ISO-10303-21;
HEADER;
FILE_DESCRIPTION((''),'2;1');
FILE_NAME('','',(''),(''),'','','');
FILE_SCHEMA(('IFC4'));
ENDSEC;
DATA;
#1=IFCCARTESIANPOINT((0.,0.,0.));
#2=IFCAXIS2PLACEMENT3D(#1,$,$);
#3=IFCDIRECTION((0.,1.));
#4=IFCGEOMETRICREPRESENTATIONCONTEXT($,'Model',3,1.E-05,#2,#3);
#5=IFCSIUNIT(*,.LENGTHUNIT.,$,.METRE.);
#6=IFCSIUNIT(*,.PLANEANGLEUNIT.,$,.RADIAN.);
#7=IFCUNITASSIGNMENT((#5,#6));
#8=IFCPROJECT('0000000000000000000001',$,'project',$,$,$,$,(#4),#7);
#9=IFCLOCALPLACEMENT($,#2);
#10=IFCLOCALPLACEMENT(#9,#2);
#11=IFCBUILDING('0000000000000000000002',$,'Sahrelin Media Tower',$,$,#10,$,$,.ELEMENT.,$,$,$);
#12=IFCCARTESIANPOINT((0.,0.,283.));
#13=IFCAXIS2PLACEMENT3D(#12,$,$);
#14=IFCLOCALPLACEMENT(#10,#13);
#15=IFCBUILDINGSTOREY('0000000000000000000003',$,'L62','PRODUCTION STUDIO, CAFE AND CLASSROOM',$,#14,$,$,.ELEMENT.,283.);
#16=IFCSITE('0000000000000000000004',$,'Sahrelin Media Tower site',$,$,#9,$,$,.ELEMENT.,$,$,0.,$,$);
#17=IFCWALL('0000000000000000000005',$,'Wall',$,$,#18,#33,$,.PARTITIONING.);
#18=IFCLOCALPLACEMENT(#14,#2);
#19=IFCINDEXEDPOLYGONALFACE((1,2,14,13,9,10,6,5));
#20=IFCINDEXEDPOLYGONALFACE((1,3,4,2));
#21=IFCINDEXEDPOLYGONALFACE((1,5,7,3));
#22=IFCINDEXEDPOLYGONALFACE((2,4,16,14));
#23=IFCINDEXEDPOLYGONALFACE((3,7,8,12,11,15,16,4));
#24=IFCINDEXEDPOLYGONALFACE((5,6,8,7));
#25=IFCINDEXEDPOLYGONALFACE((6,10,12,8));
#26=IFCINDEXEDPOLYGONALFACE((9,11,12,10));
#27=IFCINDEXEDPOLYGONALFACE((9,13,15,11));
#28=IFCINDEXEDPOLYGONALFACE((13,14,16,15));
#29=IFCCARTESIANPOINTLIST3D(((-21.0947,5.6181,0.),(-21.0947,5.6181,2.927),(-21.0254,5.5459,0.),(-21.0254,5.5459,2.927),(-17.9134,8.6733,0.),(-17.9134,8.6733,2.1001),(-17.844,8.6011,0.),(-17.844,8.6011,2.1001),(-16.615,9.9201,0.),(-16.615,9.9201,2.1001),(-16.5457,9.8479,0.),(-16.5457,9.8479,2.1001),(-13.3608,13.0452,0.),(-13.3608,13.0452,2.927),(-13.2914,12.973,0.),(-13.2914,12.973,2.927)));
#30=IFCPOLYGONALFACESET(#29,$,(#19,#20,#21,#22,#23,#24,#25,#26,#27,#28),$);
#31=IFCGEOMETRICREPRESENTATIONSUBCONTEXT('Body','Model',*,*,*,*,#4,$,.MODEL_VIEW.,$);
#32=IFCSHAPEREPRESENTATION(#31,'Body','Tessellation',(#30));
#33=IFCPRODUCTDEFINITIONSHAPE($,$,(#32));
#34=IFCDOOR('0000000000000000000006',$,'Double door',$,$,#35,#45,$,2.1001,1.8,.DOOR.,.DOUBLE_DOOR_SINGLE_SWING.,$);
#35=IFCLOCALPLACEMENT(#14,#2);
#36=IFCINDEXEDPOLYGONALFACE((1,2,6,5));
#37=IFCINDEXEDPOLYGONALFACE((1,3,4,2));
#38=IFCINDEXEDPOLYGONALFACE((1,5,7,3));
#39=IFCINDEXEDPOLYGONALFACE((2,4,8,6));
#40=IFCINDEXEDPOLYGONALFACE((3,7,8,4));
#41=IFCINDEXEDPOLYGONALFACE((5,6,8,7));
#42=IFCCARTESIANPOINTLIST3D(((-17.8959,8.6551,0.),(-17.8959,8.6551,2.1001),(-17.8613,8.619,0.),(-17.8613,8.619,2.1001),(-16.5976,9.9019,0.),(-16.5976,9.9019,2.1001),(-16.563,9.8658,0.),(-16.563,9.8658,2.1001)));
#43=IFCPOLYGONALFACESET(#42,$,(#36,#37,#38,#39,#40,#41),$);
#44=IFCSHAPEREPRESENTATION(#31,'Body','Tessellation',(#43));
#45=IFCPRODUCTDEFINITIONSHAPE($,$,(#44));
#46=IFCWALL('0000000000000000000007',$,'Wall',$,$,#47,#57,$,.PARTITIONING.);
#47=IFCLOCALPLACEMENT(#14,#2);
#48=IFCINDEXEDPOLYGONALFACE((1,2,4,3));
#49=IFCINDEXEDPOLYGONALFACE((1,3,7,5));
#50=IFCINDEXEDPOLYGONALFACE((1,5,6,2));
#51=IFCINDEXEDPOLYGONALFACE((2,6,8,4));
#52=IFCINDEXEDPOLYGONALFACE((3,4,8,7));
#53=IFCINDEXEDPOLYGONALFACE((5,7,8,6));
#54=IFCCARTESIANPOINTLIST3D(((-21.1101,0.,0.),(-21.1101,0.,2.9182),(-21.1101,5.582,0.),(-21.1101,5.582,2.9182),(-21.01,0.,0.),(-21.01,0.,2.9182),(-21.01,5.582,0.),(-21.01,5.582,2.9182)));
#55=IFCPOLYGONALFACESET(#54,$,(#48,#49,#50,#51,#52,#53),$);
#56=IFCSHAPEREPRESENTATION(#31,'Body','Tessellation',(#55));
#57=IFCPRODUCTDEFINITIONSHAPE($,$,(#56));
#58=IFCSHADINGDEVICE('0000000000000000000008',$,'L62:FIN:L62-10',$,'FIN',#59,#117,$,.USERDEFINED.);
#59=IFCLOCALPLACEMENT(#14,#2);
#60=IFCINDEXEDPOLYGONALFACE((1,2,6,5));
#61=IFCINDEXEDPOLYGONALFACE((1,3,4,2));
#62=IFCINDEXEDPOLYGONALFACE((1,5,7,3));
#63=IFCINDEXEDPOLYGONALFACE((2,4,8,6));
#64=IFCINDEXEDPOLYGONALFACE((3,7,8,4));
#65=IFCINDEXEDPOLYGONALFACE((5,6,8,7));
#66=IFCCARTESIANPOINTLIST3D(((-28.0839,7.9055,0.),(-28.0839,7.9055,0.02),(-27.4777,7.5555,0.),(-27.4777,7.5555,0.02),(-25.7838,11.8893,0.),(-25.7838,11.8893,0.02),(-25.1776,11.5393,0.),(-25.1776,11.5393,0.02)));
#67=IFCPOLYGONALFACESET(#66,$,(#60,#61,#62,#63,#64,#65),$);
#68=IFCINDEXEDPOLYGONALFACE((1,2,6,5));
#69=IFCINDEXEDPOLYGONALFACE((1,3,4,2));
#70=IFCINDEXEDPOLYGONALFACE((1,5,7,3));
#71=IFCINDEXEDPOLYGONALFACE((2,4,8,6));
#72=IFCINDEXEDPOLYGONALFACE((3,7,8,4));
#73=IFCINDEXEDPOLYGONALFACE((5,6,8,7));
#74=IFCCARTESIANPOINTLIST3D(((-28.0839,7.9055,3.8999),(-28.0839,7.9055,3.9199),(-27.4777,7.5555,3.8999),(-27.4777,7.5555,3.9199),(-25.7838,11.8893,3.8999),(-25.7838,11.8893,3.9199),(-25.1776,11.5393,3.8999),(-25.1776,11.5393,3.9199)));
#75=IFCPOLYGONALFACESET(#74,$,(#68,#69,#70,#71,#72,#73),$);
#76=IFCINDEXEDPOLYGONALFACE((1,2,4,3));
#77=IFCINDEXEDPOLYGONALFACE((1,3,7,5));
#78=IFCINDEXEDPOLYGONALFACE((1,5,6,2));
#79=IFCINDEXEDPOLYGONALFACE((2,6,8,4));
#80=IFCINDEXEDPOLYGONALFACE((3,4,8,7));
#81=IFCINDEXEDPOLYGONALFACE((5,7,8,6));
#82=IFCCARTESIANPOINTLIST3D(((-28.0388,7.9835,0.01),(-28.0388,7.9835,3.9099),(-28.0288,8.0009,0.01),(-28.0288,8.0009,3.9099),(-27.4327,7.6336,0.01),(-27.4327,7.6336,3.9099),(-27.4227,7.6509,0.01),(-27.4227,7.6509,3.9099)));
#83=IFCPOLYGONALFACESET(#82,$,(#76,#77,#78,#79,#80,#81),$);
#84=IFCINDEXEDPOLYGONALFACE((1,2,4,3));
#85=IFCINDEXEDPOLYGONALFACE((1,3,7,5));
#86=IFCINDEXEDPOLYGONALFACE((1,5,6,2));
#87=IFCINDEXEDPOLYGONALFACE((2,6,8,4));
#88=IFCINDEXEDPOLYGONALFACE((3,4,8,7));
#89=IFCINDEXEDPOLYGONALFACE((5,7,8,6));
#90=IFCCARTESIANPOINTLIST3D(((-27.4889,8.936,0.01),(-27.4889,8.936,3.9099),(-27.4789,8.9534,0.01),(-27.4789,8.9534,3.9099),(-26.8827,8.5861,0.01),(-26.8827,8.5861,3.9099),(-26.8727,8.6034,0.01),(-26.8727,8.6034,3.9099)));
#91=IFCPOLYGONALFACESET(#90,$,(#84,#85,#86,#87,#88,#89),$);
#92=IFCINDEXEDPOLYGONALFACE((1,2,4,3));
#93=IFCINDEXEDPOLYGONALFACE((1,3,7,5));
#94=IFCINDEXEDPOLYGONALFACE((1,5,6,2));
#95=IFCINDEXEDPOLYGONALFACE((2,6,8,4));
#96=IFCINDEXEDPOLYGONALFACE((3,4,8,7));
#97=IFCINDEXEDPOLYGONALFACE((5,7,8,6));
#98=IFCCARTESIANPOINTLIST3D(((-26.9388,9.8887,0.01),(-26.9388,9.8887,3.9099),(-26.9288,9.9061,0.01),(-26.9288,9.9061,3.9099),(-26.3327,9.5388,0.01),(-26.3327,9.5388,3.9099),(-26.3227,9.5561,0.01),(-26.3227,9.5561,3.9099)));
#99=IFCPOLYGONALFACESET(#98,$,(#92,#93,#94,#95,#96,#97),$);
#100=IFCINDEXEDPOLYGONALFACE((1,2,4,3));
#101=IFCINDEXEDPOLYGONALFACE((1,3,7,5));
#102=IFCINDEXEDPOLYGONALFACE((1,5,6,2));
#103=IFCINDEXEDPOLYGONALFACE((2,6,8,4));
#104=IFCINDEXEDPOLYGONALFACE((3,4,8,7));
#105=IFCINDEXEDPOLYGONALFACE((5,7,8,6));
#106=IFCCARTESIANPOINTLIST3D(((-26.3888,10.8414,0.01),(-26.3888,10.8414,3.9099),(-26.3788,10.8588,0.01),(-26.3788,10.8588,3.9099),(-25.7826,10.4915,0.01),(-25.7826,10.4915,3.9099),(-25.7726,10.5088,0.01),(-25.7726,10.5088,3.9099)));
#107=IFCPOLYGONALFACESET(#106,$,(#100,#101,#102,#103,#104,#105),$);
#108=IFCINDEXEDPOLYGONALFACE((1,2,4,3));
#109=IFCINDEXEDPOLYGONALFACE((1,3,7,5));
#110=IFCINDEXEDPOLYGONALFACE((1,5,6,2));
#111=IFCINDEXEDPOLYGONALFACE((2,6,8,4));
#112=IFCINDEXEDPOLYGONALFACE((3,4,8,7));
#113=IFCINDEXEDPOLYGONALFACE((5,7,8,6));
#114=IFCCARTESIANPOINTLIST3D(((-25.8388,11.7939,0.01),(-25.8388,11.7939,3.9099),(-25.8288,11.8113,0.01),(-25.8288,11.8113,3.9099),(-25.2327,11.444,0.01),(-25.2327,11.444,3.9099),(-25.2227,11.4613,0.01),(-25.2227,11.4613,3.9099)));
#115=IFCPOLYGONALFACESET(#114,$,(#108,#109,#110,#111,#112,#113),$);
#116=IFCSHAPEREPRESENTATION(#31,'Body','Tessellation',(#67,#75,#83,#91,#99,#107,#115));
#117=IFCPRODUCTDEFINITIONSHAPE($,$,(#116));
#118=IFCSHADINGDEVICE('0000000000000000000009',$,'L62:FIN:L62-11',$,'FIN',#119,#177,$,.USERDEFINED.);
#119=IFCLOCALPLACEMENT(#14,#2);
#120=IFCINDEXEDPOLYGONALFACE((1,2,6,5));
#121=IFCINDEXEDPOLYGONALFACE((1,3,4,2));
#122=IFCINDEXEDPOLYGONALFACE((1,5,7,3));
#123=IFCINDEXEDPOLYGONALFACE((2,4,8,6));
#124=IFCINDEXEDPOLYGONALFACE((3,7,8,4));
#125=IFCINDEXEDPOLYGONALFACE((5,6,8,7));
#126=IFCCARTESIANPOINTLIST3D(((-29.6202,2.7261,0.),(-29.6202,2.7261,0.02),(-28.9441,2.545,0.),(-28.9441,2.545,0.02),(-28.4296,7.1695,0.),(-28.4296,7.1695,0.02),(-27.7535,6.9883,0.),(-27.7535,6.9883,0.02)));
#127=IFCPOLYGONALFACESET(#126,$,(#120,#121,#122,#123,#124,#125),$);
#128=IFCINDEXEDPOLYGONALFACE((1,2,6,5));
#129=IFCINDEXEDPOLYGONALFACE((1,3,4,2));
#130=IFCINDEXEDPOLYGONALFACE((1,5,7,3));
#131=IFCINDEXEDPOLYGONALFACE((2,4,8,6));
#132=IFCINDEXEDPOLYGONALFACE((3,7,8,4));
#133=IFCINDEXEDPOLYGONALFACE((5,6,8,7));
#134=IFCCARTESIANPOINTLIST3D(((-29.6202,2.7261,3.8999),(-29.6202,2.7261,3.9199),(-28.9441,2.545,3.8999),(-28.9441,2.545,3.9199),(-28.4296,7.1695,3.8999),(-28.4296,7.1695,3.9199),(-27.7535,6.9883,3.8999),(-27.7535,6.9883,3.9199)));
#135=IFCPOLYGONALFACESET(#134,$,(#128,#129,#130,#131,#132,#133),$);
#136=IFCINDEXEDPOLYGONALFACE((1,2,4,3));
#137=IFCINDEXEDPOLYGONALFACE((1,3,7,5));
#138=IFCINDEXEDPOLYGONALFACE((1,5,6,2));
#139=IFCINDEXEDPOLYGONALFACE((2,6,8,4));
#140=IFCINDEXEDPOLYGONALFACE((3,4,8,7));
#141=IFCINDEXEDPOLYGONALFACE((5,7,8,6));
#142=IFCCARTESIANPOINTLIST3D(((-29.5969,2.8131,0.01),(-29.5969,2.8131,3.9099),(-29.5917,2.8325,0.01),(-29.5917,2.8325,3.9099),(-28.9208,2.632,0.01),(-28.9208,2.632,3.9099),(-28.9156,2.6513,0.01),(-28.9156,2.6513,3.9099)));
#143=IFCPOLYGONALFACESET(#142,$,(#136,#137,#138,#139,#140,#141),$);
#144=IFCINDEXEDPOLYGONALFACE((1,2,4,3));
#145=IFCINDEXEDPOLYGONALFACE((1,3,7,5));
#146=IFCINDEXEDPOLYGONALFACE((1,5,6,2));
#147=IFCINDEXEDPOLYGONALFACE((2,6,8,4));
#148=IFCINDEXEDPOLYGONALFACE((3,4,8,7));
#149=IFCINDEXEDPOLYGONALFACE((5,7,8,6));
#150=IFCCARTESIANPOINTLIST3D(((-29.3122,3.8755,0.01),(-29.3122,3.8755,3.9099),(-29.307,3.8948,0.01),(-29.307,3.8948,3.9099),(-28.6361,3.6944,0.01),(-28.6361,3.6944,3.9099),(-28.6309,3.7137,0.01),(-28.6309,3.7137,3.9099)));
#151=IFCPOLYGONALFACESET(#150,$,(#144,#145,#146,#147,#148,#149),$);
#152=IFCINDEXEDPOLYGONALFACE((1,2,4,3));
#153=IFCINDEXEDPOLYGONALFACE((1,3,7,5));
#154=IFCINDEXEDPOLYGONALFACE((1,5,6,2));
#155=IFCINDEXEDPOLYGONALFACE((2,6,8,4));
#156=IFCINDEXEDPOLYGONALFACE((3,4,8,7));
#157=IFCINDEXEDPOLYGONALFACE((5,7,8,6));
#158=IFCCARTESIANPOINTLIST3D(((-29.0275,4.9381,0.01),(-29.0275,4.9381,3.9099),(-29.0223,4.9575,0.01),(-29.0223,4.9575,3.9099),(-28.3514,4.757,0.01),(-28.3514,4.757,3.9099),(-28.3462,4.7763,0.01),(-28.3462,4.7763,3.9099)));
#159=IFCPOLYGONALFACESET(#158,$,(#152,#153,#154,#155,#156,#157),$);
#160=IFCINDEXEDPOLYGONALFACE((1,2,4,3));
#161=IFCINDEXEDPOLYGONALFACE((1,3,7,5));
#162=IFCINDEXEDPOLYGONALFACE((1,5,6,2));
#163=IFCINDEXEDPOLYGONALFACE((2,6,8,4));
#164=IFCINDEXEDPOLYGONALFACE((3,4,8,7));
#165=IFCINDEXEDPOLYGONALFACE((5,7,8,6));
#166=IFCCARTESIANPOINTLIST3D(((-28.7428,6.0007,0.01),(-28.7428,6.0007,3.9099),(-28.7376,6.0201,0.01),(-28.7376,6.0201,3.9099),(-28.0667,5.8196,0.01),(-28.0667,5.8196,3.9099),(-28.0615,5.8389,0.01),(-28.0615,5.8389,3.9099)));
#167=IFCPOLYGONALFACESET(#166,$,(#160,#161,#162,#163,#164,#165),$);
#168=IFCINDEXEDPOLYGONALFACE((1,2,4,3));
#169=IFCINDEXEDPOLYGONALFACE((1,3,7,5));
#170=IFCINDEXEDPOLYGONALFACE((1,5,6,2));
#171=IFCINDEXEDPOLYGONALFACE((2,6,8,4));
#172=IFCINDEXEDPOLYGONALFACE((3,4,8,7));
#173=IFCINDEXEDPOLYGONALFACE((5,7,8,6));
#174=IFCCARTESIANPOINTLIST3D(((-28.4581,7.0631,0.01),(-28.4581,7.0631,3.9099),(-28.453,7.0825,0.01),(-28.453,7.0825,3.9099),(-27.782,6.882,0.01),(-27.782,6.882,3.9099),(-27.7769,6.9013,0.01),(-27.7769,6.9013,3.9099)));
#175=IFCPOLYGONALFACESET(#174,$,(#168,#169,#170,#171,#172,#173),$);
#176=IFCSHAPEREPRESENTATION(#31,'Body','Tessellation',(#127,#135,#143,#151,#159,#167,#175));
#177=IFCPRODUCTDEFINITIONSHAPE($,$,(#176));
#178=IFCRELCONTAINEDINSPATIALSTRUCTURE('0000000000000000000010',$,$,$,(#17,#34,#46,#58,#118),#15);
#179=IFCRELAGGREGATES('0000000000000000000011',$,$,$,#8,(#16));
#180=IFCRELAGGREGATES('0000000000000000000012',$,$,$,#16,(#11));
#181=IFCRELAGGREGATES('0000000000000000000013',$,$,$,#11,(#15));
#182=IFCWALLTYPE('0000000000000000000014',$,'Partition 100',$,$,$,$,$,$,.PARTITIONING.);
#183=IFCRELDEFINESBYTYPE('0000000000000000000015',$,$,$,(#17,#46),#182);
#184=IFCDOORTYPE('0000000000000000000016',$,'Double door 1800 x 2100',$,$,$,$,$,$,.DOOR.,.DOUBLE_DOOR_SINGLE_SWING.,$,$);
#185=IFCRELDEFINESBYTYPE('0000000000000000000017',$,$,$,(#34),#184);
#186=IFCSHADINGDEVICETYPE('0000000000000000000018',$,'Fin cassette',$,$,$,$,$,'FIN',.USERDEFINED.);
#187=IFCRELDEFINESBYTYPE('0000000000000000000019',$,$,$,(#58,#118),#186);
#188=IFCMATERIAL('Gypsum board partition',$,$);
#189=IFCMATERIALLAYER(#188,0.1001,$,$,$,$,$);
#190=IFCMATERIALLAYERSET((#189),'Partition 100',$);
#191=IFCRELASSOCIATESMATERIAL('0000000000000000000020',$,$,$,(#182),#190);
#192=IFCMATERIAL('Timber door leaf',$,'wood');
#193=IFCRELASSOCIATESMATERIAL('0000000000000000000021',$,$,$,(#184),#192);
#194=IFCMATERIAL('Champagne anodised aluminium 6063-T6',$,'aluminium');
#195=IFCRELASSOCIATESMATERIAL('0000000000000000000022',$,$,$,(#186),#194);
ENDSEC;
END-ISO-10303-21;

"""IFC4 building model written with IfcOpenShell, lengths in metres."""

from ifc_helpers import new_model, si_unit, direction, frame, frame_2d, origin, origin_2d, place, context, subcontext, project, spatial, rectangle, extrude, material, layer, layer_set, type_object, element, fill, save


model = new_model("IFC4")

# Units and contexts
model_context = context("Model", 3, precision=1e-05, world=origin(), true_north=direction((0.0, 1.0)))
body_context = subcontext(model_context, "Body", "Model", "MODEL_VIEW")
ifc_project = project(units=[si_unit("LENGTHUNIT", "METRE"), si_unit("PLANEANGLEUNIT", "RADIAN")], contexts=[model_context])

# Site, building, storey
site_placement = place(None, origin())
site = spatial("IfcSite", under=ifc_project, at=site_placement, Name="Sahrelin Media Tower site", CompositionType="ELEMENT", RefElevation=0.0)
building_placement = place(site_placement, origin())
building = spatial("IfcBuilding", under=site, at=building_placement, Name="Sahrelin Media Tower", CompositionType="ELEMENT")
storey_placement = place(building_placement, frame((0.0, 0.0, 283.0)))
storey = spatial("IfcBuildingStorey", under=building, at=storey_placement, Name="L62", Description="PRODUCTION STUDIO, CAFE AND CLASSROOM", CompositionType="ELEMENT", Elevation=283.0)

# Shared definitions
ifc_material_1 = material(Name="Champagne anodised aluminium 6063-T6", Category="aluminium")

# Wall, opening, door
ifc_material_2 = material(Name="Gypsum board partition")
ifc_layer_1 = layer(ifc_material_2, 0.1001)
ifc_layer_set_1 = layer_set([ifc_layer_1], Name="Partition 100")
wall_type_1 = type_object("IfcWallType", Name="Partition 100", PredefinedType="PARTITIONING", material=ifc_layer_set_1)
wall_1_placement = place(storey_placement, frame((-21.0601, 5.582, 0.0), z_axis=(0.0, 0.0, 1.0), x_axis=(0.721272, 0.692652, 0.0)))
wall_1 = element("IfcWall", 1, at=wall_1_placement, inside=storey, type_object=wall_type_1, Name="Wall", PredefinedType="PARTITIONING", context=body_context, shape_type="SweptSolid", body=[
    extrude(rectangle(XDim=10.7227, YDim=0.1001, at=frame_2d((5.3613, 0.0))), origin(), (0.0, 0.0, 1.0), 2.927),
])
opening_placement = place(wall_1_placement, frame((4.4109, 0.0, 0.0)))
opening = element("IfcOpeningElement", 2, at=opening_placement, cuts=wall_1, PredefinedType="OPENING", context=body_context, shape_type="SweptSolid", body=[
    extrude(rectangle(XDim=1.8, YDim=2.1001, at=frame_2d((0.8999, 1.05))), frame((0.0, 0.05, 0.0), z_axis=(0.0, -1.0, 0.0), x_axis=(1.0, 0.0, 0.0)), (0.0, 0.0, 1.0), 0.1001),
])
ifc_material_3 = material(Name="Timber door leaf", Category="wood")
door_type = type_object("IfcDoorType", Name="Double door 1800 x 2100", OperationType="DOUBLE_DOOR_SINGLE_SWING", PredefinedType="DOOR", material=ifc_material_3)
door_placement = place(opening_placement, origin())
door = element("IfcDoor", 3, at=door_placement, inside=storey, type_object=door_type, Name="Double door", OperationType="DOUBLE_DOOR_SINGLE_SWING", OverallHeight=2.1001, OverallWidth=1.8, PredefinedType="DOOR", context=body_context, shape_type="SweptSolid", body=[
    extrude(rectangle(XDim=1.8, YDim=2.1001, at=frame_2d((0.8999, 1.05))), frame((0.0, 0.0249, 0.0), z_axis=(0.0, -1.0, 0.0), x_axis=(1.0, 0.0, 0.0)), (0.0, 0.0, 1.0), 0.05),
])
fill(opening, door)

# Wall
wall_2_placement = place(storey_placement, frame((-21.0601, 0.0, 0.0), z_axis=(0.0, 0.0, 1.0), x_axis=(0.0, 1.0, 0.0)))
element("IfcWall", 4, at=wall_2_placement, inside=storey, type_object=wall_type_1, Name="Wall", PredefinedType="PARTITIONING", context=body_context, shape_type="SweptSolid", body=[
    extrude(rectangle(XDim=5.582, YDim=0.1001, at=frame_2d((2.791, 0.0))), origin(), (0.0, 0.0, 1.0), 2.9182),
])

# Shading devices
shading_device_type_1 = type_object("IfcShadingDeviceType", Name="Fin cassette", ElementType="FIN", PredefinedType="USERDEFINED", material=ifc_material_1)
placement_1 = place(storey_placement, frame((-26.2671, 9.5125, 0.0), z_axis=(0.0, 0.0, 1.0), x_axis=(0.500011, 0.866019, 0.0)))
element("IfcShadingDevice", 5, at=placement_1, inside=storey, type_object=shading_device_type_1, Name="L62:FIN:L62-10", ObjectType="FIN", PredefinedType="USERDEFINED", context=body_context, shape_type="SweptSolid", body=[
    extrude(rectangle(XDim=4.6001, YDim=0.7, at=origin_2d()), frame((0.0, 0.4199, 0.0)), (0.0, 0.0, 1.0), 0.02),
    extrude(rectangle(XDim=4.6001, YDim=0.7, at=origin_2d()), frame((0.0, 0.4199, 3.8999)), (0.0, 0.0, 1.0), 0.02),
    extrude(rectangle(XDim=0.02, YDim=0.7, at=origin_2d()), frame((-2.2, 0.4199, 0.01), z_axis=(0.0, 0.0, 1.0), x_axis=(1.0, 0.0, 0.0)), (0.0, 0.0, 1.0), 3.8999),
    extrude(rectangle(XDim=0.02, YDim=0.7, at=origin_2d()), frame((-1.1001, 0.4199, 0.01), z_axis=(0.0, 0.0, 1.0), x_axis=(1.0, 0.0, 0.0)), (0.0, 0.0, 1.0), 3.8999),
    extrude(rectangle(XDim=0.02, YDim=0.7, at=origin_2d()), frame((0.0, 0.4199, 0.01), z_axis=(0.0, 0.0, 1.0), x_axis=(1.0, 0.0, 0.0)), (0.0, 0.0, 1.0), 3.8999),
    extrude(rectangle(XDim=0.02, YDim=0.7, at=origin_2d()), frame((1.1001, 0.4199, 0.01), z_axis=(0.0, 0.0, 1.0), x_axis=(1.0, 0.0, 0.0)), (0.0, 0.0, 1.0), 3.8999),
    extrude(rectangle(XDim=0.02, YDim=0.7, at=origin_2d()), frame((2.2, 0.4199, 0.01), z_axis=(0.0, 0.0, 1.0), x_axis=(1.0, 0.0, 0.0)), (0.0, 0.0, 1.0), 3.8999),
])
placement_2 = place(storey_placement, frame((-28.2812, 4.7485, 0.0), z_axis=(0.0, 0.0, 1.0), x_axis=(0.258808, 0.965929, 0.0)))
element("IfcShadingDevice", 6, at=placement_2, inside=storey, type_object=shading_device_type_1, Name="L62:FIN:L62-11", ObjectType="FIN", PredefinedType="USERDEFINED", context=body_context, shape_type="SweptSolid", body=[
    extrude(rectangle(XDim=4.6001, YDim=0.7, at=origin_2d()), frame((0.0, 0.4199, 0.0)), (0.0, 0.0, 1.0), 0.02),
    extrude(rectangle(XDim=4.6001, YDim=0.7, at=origin_2d()), frame((0.0, 0.4199, 3.8999)), (0.0, 0.0, 1.0), 0.02),
    extrude(rectangle(XDim=0.02, YDim=0.7, at=origin_2d()), frame((-2.2, 0.4199, 0.01), z_axis=(0.0, 0.0, 1.0), x_axis=(1.0, 0.0, 0.0)), (0.0, 0.0, 1.0), 3.8999),
    extrude(rectangle(XDim=0.02, YDim=0.7, at=origin_2d()), frame((-1.1001, 0.4199, 0.01), z_axis=(0.0, 0.0, 1.0), x_axis=(1.0, 0.0, 0.0)), (0.0, 0.0, 1.0), 3.8999),
    extrude(rectangle(XDim=0.02, YDim=0.7, at=origin_2d()), frame((0.0, 0.4199, 0.01), z_axis=(0.0, 0.0, 1.0), x_axis=(1.0, 0.0, 0.0)), (0.0, 0.0, 1.0), 3.8999),
    extrude(rectangle(XDim=0.02, YDim=0.7, at=origin_2d()), frame((1.1001, 0.4199, 0.01), z_axis=(0.0, 0.0, 1.0), x_axis=(1.0, 0.0, 0.0)), (0.0, 0.0, 1.0), 3.8999),
    extrude(rectangle(XDim=0.02, YDim=0.7, at=origin_2d()), frame((2.2, 0.4199, 0.01), z_axis=(0.0, 0.0, 1.0), x_axis=(1.0, 0.0, 0.0)), (0.0, 0.0, 1.0), 3.8999),
])

save(model, "model.ifc")
